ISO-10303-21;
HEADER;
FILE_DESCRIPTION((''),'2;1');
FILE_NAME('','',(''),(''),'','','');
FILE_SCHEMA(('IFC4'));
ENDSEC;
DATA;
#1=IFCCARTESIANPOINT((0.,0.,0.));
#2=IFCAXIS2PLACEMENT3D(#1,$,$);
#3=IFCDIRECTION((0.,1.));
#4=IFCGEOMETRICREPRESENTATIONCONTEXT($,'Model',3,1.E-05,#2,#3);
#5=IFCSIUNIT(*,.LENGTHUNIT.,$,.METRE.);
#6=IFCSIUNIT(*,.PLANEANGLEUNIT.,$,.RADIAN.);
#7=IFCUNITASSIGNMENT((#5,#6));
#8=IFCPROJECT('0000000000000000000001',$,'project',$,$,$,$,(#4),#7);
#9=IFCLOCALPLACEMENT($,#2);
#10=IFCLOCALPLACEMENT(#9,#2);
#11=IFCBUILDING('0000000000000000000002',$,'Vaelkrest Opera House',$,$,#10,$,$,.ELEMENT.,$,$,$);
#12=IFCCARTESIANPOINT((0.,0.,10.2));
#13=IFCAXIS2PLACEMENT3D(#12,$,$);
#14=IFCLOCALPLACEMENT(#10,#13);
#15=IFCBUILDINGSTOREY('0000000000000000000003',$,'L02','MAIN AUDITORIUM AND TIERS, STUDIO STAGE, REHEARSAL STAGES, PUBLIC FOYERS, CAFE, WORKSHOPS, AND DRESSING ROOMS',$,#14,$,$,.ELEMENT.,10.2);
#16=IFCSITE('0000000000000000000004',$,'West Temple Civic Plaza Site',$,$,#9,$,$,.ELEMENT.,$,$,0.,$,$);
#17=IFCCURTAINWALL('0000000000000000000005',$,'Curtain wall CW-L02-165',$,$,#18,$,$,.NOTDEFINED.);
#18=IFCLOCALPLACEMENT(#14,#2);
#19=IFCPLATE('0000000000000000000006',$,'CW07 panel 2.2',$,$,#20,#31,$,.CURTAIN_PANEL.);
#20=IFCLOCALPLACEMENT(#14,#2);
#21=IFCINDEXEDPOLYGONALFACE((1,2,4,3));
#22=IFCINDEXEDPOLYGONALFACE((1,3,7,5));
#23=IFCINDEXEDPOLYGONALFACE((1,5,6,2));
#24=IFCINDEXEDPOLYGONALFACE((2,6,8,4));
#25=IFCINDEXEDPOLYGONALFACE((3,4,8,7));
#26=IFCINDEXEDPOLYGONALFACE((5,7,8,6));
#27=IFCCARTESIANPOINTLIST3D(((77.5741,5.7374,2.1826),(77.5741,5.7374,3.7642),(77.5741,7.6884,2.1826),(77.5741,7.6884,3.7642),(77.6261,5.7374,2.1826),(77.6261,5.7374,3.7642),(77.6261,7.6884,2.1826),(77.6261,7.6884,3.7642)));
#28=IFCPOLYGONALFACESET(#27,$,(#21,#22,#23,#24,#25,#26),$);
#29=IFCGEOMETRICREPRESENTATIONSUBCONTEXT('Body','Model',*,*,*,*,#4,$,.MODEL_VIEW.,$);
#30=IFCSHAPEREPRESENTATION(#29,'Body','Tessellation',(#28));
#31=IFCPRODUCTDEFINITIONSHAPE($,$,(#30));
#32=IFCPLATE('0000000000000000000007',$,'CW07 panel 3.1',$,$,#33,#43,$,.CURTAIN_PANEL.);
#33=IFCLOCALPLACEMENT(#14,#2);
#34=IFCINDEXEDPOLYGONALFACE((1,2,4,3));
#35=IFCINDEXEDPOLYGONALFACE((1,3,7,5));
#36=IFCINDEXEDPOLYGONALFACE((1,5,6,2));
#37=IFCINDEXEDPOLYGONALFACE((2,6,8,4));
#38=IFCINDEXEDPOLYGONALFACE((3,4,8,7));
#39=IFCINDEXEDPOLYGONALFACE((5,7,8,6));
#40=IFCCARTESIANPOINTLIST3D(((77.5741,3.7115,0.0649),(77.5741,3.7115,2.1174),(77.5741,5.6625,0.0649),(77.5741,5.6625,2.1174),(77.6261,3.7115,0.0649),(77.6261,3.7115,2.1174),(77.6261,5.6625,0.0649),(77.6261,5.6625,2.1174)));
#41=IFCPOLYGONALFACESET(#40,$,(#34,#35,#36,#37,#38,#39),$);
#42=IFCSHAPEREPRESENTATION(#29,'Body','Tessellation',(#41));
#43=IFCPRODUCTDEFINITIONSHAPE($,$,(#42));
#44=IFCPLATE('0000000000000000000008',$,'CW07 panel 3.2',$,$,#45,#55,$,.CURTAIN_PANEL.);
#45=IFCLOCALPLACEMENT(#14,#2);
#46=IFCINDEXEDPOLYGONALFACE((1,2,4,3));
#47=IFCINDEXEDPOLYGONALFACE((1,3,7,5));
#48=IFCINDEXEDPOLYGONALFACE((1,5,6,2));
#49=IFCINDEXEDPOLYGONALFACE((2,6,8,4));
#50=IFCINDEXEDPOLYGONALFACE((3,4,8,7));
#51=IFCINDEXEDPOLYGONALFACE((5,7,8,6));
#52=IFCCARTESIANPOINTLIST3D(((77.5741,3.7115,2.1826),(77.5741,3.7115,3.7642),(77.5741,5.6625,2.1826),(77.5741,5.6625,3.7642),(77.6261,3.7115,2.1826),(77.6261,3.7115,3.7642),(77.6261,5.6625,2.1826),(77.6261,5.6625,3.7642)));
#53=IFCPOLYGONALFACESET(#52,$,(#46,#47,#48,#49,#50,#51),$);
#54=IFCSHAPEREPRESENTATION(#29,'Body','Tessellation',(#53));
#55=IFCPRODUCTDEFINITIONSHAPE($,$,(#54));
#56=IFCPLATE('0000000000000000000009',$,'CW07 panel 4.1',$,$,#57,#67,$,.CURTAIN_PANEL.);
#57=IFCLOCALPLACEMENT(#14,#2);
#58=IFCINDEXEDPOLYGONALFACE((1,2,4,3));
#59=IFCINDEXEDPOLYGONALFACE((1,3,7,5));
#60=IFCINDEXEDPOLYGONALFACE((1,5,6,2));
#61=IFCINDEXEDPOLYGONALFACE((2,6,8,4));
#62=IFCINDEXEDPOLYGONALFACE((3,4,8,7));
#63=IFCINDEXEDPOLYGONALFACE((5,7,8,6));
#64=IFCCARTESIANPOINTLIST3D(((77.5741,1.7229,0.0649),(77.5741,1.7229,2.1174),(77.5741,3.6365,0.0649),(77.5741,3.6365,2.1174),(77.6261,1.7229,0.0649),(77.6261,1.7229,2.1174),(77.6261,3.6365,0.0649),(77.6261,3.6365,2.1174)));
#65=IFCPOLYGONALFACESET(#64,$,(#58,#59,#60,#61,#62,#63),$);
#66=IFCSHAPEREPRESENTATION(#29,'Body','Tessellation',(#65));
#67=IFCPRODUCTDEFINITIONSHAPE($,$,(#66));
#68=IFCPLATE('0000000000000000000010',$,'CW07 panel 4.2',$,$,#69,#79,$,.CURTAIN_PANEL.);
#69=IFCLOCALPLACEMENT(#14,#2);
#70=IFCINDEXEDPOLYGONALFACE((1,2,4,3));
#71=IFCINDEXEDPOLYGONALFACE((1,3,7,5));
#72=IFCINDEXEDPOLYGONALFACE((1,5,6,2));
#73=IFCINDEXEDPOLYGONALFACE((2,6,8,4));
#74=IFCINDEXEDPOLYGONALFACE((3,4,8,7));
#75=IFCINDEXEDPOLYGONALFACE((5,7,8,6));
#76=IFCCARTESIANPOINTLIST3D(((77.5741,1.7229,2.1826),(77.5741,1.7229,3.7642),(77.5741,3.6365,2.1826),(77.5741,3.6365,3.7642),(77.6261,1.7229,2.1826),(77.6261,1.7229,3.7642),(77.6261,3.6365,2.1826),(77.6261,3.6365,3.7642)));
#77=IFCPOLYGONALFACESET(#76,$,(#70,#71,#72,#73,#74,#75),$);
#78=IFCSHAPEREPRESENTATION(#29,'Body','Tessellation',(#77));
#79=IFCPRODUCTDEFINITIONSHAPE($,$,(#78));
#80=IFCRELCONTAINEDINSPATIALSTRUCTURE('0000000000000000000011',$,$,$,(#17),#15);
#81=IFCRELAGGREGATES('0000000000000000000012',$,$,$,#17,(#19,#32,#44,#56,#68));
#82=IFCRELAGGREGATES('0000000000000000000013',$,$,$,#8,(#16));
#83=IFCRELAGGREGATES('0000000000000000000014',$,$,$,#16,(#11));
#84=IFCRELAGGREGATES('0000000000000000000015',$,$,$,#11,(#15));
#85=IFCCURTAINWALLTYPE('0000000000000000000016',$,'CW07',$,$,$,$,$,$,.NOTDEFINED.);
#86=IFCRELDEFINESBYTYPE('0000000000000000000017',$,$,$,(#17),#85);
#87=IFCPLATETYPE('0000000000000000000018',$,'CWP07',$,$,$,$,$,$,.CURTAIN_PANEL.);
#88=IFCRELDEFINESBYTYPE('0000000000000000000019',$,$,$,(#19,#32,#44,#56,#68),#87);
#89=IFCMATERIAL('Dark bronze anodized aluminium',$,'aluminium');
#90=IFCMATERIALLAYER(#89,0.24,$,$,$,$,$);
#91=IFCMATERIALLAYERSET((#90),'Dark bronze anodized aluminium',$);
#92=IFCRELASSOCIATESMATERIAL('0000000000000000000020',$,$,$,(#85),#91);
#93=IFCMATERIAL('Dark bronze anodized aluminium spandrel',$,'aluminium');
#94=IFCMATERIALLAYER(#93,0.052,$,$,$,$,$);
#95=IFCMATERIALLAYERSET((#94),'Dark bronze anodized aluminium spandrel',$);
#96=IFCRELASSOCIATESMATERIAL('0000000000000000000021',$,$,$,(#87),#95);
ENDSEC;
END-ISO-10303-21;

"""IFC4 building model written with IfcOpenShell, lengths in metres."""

from ifc_helpers import new_model, si_unit, direction, frame, origin, origin_2d, place, context, subcontext, project, spatial, rectangle, extrude, material, layer, layer_set, type_object, element, aggregate, save


model = new_model("IFC4")

# Units and contexts
model_context = context("Model", 3, precision=1e-05, world=origin(), true_north=direction((0.0, 1.0)))
body_context = subcontext(model_context, "Body", "Model", "MODEL_VIEW")
ifc_project = project(units=[si_unit("LENGTHUNIT", "METRE"), si_unit("PLANEANGLEUNIT", "RADIAN")], contexts=[model_context])

# Site, building, storey
site_placement = place(None, origin())
site = spatial("IfcSite", under=ifc_project, at=site_placement, Name="West Temple Civic Plaza Site", CompositionType="ELEMENT", RefElevation=0.0)
building_placement = place(site_placement, origin())
building = spatial("IfcBuilding", under=site, at=building_placement, Name="Vaelkrest Opera House", CompositionType="ELEMENT")
storey_placement = place(building_placement, frame((0.0, 0.0, 10.2)))
storey = spatial("IfcBuildingStorey", under=building, at=storey_placement, Name="L02", Description="MAIN AUDITORIUM AND TIERS, STUDIO STAGE, REHEARSAL STAGES, PUBLIC FOYERS, CAFE, WORKSHOPS, AND DRESSING ROOMS", CompositionType="ELEMENT", Elevation=10.2)

# Curtain wall
ifc_material_1 = material(Name="Dark bronze anodized aluminium", Category="aluminium")
ifc_layer_1 = layer(ifc_material_1, 0.24)
ifc_layer_set_1 = layer_set([ifc_layer_1], Name="Dark bronze anodized aluminium")
curtain_wall_type = type_object("IfcCurtainWallType", Name="CW07", PredefinedType="NOTDEFINED", material=ifc_layer_set_1)
curtain_wall_placement = place(storey_placement, origin())
curtain_wall = element("IfcCurtainWall", 1, at=curtain_wall_placement, inside=storey, type_object=curtain_wall_type, Name="Curtain wall CW-L02-165", PredefinedType="NOTDEFINED")

# Plates
ifc_material_2 = material(Name="Dark bronze anodized aluminium spandrel", Category="aluminium")
ifc_layer_2 = layer(ifc_material_2, 0.052)
ifc_layer_set_2 = layer_set([ifc_layer_2], Name="Dark bronze anodized aluminium spandrel")
plate_type = type_object("IfcPlateType", Name="CWP07", PredefinedType="CURTAIN_PANEL", material=ifc_layer_set_2)
plate_1_placement = place(storey_placement, frame((77.6001, 6.7129, 2.1826), z_axis=(0.0, 0.0, 1.0), x_axis=(0.0, -1.0, 0.0)))
plate_1 = element("IfcPlate", 2, at=plate_1_placement, type_object=plate_type, Name="CW07 panel 2.2", PredefinedType="CURTAIN_PANEL", context=body_context, shape_type="SweptSolid", body=[
    extrude(rectangle(XDim=1.9509, YDim=0.052, at=origin_2d()), origin(), (0.0, 0.0, 1.0), 1.5815),
])
plate_2_placement = place(storey_placement, frame((77.6001, 4.687, 0.0649), z_axis=(0.0, 0.0, 1.0), x_axis=(0.0, -1.0, 0.0)))
plate_2 = element("IfcPlate", 3, at=plate_2_placement, type_object=plate_type, Name="CW07 panel 3.1", PredefinedType="CURTAIN_PANEL", context=body_context, shape_type="SweptSolid", body=[
    extrude(rectangle(XDim=1.9509, YDim=0.052, at=origin_2d()), origin(), (0.0, 0.0, 1.0), 2.0525),
])
plate_3_placement = place(storey_placement, frame((77.6001, 4.687, 2.1826), z_axis=(0.0, 0.0, 1.0), x_axis=(0.0, -1.0, 0.0)))
plate_3 = element("IfcPlate", 4, at=plate_3_placement, type_object=plate_type, Name="CW07 panel 3.2", PredefinedType="CURTAIN_PANEL", context=body_context, shape_type="SweptSolid", body=[
    extrude(rectangle(XDim=1.9509, YDim=0.052, at=origin_2d()), origin(), (0.0, 0.0, 1.0), 1.5815),
])
plate_4_placement = place(storey_placement, frame((77.6001, 2.6797, 0.0649), z_axis=(0.0, 0.0, 1.0), x_axis=(0.0, -1.0, 0.0)))
plate_4 = element("IfcPlate", 5, at=plate_4_placement, type_object=plate_type, Name="CW07 panel 4.1", PredefinedType="CURTAIN_PANEL", context=body_context, shape_type="SweptSolid", body=[
    extrude(rectangle(XDim=1.9136, YDim=0.052, at=origin_2d()), origin(), (0.0, 0.0, 1.0), 2.0525),
])
plate_5_placement = place(storey_placement, frame((77.6001, 2.6797, 2.1826), z_axis=(0.0, 0.0, 1.0), x_axis=(0.0, -1.0, 0.0)))
plate_5 = element("IfcPlate", 6, at=plate_5_placement, type_object=plate_type, Name="CW07 panel 4.2", PredefinedType="CURTAIN_PANEL", context=body_context, shape_type="SweptSolid", body=[
    extrude(rectangle(XDim=1.9136, YDim=0.052, at=origin_2d()), origin(), (0.0, 0.0, 1.0), 1.5815),
])
aggregate(curtain_wall, [plate_1, plate_2, plate_3, plate_4, plate_5])

save(model, "model.ifc")
